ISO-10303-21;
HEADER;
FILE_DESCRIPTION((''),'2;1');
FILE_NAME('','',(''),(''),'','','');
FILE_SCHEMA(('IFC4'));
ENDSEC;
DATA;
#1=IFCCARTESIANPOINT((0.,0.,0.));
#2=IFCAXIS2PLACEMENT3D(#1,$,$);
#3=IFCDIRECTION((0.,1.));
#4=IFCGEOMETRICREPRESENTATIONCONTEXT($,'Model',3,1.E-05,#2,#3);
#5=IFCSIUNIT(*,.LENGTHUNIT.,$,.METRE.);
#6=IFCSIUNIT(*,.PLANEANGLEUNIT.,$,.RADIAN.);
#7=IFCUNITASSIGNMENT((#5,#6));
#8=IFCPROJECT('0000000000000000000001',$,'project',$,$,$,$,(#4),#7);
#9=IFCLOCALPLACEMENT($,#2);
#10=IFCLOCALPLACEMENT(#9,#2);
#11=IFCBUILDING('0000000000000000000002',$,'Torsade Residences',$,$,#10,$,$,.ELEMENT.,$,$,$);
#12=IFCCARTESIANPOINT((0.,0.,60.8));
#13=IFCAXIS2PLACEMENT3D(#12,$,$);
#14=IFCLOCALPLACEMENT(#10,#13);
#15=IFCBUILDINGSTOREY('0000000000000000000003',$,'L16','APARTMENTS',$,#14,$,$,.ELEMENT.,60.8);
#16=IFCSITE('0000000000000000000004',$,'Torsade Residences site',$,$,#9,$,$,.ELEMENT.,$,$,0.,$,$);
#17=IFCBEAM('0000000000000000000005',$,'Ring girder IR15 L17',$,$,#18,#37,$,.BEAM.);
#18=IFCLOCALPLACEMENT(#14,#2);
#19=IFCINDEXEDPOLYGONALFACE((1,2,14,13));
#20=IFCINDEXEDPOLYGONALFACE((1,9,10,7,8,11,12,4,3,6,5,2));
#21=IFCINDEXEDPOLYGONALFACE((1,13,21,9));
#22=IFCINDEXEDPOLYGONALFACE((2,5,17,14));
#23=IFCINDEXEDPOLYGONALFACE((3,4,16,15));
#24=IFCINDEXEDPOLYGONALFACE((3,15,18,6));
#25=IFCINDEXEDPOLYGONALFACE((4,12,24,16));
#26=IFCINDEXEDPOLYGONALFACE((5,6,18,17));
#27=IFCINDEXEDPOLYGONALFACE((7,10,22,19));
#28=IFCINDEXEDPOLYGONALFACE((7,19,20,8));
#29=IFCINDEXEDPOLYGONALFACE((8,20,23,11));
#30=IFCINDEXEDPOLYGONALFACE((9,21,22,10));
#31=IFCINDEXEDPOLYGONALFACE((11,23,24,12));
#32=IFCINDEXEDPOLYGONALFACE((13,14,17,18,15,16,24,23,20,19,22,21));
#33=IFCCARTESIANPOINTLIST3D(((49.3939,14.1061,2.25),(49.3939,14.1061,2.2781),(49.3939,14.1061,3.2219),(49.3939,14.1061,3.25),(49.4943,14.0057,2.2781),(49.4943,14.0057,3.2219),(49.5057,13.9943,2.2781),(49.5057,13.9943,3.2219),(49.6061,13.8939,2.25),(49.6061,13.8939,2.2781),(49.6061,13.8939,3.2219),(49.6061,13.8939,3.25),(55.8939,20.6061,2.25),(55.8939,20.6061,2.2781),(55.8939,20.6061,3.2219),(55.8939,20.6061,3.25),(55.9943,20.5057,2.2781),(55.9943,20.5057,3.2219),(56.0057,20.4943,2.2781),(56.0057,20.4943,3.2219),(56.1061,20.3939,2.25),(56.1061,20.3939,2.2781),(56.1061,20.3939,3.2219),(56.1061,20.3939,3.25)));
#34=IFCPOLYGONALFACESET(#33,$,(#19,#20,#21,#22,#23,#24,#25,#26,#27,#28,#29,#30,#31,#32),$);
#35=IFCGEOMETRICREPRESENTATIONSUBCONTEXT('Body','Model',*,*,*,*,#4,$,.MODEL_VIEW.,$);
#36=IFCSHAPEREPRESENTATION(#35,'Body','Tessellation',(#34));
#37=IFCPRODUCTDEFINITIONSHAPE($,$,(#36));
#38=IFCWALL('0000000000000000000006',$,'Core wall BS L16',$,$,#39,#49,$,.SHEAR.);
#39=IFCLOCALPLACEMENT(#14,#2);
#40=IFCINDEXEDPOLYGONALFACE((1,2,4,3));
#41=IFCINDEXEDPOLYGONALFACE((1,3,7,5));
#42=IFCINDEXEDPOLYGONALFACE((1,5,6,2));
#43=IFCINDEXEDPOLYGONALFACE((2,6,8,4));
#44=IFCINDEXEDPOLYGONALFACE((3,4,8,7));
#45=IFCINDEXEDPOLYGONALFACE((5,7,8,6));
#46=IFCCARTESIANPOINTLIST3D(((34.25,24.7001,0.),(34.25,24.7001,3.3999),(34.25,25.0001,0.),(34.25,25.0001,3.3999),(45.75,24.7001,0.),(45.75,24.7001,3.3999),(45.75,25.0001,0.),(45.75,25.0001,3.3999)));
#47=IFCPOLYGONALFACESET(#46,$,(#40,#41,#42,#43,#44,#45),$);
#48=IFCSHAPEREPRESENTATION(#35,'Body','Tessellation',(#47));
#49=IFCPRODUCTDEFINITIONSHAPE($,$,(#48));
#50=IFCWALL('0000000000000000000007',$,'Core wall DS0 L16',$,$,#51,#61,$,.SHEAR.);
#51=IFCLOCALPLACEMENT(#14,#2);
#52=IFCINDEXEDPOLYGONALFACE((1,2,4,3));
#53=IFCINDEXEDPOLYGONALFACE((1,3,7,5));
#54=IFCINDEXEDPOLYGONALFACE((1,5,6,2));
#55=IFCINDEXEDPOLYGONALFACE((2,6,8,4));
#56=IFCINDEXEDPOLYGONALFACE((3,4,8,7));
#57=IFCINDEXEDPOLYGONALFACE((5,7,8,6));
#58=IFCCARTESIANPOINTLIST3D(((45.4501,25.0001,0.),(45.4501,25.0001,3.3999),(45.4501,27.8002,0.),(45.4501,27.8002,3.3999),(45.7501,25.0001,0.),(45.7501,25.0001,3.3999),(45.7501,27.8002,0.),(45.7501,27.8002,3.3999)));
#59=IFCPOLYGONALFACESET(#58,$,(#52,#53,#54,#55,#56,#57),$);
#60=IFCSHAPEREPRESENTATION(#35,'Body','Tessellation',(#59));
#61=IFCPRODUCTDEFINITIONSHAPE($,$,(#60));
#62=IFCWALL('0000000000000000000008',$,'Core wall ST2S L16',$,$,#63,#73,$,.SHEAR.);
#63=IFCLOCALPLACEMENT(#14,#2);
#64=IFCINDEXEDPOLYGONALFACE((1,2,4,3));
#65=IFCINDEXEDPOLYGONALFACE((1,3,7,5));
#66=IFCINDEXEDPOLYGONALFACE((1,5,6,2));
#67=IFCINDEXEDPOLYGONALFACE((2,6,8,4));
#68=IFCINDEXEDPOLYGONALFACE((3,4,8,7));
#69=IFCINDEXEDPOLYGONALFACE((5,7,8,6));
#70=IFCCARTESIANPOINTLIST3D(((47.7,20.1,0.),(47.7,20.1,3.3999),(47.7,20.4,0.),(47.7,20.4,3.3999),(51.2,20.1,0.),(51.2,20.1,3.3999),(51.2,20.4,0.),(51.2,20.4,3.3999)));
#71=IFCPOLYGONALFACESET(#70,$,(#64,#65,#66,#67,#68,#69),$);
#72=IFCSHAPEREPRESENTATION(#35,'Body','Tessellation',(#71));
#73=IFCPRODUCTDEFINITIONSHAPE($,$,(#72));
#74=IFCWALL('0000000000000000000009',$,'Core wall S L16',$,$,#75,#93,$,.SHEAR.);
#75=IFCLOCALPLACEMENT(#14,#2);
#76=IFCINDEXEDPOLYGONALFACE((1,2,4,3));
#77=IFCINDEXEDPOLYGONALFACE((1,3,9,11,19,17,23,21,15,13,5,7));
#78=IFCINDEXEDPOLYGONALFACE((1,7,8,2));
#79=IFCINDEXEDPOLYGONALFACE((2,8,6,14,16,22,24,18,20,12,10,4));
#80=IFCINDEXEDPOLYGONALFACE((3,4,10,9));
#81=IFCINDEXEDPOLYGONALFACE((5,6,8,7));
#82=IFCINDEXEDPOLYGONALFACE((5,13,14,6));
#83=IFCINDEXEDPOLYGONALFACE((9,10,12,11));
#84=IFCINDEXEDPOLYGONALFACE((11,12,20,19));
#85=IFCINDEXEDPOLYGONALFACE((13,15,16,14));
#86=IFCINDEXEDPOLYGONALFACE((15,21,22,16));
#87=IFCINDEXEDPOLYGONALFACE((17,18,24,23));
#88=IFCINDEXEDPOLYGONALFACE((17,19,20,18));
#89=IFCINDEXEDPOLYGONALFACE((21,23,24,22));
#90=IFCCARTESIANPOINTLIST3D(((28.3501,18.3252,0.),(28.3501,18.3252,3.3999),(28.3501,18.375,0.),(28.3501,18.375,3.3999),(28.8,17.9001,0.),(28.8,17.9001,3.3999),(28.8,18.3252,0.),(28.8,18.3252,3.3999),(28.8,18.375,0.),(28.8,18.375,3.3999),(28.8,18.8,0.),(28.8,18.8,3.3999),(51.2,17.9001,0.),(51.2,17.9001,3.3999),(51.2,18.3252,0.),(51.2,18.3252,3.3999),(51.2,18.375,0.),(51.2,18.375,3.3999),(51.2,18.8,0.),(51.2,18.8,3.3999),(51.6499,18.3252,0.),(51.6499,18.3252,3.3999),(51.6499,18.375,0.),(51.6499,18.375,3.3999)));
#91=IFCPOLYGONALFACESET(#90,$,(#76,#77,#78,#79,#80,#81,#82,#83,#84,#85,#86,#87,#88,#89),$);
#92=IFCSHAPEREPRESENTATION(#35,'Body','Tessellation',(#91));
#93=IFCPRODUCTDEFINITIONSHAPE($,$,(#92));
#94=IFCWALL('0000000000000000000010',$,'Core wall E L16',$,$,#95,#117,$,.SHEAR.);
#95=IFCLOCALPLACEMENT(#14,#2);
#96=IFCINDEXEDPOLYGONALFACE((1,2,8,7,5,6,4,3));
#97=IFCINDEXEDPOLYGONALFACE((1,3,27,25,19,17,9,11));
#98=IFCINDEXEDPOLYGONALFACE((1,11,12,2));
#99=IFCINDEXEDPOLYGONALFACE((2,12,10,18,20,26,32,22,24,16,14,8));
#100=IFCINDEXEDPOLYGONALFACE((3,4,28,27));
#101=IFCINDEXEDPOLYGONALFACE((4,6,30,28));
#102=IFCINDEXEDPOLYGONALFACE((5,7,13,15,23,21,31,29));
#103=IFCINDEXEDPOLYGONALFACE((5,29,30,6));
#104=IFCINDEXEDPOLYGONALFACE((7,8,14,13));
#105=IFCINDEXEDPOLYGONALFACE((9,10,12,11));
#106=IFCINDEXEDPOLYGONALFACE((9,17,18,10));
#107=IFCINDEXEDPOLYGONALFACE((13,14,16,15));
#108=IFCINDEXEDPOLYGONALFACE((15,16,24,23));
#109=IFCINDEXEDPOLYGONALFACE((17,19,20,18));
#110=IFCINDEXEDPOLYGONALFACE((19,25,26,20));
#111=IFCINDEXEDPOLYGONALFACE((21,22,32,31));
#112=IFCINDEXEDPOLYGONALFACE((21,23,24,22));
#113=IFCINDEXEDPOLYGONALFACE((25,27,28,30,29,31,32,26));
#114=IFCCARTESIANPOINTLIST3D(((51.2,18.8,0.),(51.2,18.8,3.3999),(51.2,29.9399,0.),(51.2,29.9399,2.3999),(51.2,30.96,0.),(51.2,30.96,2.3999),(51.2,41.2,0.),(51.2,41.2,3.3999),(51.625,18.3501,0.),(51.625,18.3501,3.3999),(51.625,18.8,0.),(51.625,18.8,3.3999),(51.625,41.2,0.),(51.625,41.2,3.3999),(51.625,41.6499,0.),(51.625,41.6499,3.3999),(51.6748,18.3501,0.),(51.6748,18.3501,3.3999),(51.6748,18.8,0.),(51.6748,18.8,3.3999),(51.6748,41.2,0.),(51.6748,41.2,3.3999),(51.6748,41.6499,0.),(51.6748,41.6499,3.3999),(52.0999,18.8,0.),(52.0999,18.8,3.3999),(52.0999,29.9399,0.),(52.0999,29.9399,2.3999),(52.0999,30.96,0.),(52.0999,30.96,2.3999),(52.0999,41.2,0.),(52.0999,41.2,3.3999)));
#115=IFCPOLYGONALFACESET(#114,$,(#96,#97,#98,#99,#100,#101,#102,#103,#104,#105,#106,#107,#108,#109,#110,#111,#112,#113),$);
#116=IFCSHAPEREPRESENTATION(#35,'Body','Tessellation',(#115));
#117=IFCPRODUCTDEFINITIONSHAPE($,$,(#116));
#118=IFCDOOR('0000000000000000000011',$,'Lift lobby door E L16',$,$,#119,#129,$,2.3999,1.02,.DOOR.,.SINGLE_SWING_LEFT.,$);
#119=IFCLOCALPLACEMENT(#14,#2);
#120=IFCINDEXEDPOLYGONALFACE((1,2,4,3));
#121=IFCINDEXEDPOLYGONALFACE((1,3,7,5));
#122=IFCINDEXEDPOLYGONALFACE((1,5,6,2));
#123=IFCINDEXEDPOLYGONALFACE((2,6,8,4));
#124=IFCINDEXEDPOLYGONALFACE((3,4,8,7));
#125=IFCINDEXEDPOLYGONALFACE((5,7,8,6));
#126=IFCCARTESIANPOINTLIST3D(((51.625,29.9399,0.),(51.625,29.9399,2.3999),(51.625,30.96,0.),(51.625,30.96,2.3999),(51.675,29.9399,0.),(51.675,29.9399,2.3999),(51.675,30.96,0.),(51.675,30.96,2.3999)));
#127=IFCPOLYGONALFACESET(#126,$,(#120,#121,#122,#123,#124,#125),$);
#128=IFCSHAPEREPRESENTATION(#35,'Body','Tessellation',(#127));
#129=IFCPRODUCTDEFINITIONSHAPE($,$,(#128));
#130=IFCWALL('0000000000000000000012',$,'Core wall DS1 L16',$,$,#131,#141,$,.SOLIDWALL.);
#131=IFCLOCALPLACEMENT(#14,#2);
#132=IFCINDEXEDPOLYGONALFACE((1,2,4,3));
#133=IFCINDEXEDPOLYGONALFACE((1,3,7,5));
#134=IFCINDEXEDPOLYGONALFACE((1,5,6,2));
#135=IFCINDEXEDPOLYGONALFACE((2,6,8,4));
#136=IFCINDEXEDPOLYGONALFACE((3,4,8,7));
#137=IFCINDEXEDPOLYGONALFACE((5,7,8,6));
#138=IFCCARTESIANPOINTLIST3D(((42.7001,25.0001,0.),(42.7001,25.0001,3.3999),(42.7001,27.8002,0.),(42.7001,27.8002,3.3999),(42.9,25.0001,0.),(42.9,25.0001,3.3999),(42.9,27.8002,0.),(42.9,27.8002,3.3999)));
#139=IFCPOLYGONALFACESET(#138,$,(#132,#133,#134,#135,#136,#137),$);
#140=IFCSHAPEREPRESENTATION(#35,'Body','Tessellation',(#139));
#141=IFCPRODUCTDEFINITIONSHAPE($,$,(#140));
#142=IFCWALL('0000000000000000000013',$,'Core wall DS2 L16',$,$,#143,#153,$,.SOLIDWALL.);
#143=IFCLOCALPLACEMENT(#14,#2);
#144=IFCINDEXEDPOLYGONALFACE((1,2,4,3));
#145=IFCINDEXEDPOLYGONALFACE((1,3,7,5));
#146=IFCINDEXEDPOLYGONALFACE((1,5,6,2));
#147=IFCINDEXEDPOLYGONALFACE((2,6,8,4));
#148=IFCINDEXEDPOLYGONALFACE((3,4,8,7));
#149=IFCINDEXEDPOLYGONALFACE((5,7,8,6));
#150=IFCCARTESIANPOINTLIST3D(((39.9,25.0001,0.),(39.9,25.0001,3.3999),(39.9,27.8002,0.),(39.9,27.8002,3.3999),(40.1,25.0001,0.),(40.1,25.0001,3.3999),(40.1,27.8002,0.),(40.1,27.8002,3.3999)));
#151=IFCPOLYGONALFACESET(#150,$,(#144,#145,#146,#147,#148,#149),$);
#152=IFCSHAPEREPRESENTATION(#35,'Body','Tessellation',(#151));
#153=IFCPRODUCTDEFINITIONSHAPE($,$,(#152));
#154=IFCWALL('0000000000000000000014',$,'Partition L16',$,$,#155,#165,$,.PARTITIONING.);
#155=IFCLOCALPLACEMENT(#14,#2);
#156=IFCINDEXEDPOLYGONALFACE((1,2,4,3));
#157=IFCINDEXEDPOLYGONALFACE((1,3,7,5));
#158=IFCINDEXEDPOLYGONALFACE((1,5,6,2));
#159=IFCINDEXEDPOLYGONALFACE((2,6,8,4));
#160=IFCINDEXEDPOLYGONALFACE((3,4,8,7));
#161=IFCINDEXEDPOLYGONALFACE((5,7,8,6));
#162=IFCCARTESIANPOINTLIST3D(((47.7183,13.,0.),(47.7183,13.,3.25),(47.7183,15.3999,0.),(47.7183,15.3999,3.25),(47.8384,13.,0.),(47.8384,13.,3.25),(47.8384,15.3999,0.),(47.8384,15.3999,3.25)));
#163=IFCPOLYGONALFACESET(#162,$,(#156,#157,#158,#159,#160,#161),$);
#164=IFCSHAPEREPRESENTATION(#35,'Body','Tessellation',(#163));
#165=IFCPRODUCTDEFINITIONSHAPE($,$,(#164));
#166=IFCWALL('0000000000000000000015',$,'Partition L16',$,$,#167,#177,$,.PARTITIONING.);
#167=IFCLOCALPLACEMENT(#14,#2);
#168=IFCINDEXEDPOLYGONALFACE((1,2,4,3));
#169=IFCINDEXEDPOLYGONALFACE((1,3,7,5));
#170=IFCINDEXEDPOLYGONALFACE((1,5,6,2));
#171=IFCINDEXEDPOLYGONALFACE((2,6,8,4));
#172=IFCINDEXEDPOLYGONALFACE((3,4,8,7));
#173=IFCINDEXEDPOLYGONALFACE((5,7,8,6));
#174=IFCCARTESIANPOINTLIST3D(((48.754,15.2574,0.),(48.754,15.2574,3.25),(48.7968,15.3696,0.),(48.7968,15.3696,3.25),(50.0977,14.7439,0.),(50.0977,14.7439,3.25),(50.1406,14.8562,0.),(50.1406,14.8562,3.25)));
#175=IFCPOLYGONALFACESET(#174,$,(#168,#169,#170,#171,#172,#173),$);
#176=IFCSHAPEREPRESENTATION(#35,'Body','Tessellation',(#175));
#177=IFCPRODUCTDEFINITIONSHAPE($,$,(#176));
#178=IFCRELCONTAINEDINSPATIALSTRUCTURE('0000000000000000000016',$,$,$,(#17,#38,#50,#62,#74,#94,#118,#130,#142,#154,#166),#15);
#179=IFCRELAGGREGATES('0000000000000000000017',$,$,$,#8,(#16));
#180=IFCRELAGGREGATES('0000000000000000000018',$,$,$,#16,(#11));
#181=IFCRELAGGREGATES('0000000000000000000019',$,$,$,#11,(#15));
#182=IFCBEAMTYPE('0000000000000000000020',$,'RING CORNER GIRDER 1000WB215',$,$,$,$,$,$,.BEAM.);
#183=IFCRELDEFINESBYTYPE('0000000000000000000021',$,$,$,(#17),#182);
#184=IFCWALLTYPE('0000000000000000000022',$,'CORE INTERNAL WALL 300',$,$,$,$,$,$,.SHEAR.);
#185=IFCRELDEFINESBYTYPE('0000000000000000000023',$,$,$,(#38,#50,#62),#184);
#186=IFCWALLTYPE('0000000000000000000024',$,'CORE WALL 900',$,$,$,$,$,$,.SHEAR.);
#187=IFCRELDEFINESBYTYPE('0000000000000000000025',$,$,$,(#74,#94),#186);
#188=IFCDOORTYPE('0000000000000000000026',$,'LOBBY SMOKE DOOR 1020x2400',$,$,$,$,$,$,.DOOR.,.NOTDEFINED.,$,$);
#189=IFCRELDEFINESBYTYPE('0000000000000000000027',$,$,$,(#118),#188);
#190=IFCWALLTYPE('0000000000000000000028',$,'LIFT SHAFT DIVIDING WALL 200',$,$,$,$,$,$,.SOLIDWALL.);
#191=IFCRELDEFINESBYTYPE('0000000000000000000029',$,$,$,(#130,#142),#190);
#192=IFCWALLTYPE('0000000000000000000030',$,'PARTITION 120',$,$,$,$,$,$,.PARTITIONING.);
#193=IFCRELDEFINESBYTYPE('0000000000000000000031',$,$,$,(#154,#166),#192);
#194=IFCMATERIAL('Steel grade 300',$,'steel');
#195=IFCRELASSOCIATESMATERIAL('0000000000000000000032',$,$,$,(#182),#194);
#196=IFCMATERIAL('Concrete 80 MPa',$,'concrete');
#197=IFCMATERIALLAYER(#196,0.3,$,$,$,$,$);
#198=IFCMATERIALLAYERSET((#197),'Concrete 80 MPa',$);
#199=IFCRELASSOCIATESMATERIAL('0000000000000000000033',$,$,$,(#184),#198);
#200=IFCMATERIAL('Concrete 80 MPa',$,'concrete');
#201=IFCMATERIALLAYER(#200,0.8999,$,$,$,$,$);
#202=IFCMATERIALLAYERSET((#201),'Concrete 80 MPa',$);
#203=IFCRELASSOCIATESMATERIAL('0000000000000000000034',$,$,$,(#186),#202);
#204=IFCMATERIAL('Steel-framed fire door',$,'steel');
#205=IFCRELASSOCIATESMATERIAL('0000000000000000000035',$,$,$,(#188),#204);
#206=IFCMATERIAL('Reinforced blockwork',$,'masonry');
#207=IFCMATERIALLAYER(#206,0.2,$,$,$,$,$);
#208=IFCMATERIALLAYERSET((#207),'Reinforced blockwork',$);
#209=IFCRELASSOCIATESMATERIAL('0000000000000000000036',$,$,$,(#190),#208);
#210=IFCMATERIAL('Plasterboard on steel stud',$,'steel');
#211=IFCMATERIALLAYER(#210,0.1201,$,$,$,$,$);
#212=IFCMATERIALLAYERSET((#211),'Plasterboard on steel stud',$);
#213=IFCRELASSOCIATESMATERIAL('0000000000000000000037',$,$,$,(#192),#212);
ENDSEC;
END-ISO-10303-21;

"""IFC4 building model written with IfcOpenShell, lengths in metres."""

from ifc_helpers import new_model, si_unit, direction, frame, frame_2d, origin, origin_2d, place, context, subcontext, project, spatial, polyline, rectangle, i_section, outline, extrude, material, layer, layer_set, material_profile, profile_set, type_object, element, fill, save


model = new_model("IFC4")

# Units and contexts
model_context = context("Model", 3, precision=1e-05, world=origin(), true_north=direction((0.0, 1.0)))
body_context = subcontext(model_context, "Body", "Model", "MODEL_VIEW")
ifc_project = project(units=[si_unit("LENGTHUNIT", "METRE"), si_unit("PLANEANGLEUNIT", "RADIAN")], contexts=[model_context])

# Site, building, storey
site_placement = place(None, origin())
site = spatial("IfcSite", under=ifc_project, at=site_placement, Name="Torsade Residences site", CompositionType="ELEMENT", RefElevation=0.0)
building_placement = place(site_placement, origin())
building = spatial("IfcBuilding", under=site, at=building_placement, Name="Torsade Residences", CompositionType="ELEMENT")
storey_placement = place(building_placement, frame((0.0, 0.0, 60.8)))
storey = spatial("IfcBuildingStorey", under=building, at=storey_placement, Name="L16", Description="APARTMENTS", CompositionType="ELEMENT", Elevation=60.8)

# Beam
ifc_material_1 = material(Name="Steel grade 300", Category="steel")
ifc_material_profile_1 = material_profile(ifc_material_1, i_section(OverallWidth=0.3, OverallDepth=1.0, WebThickness=0.0161, FlangeThickness=0.0281, at=origin_2d()), Name="1000WB215")
ifc_profile_set_1 = profile_set([ifc_material_profile_1], Name="Steel grade 300")
beam_type_1 = type_object("IfcBeamType", Name="RING CORNER GIRDER 1000WB215", PredefinedType="BEAM", material=ifc_profile_set_1)
beam_1_placement = place(storey_placement, frame((49.5, 14.0, 2.75), z_axis=(0.707107, 0.707107, 0.0), x_axis=(-0.707107, 0.707107, 0.0)))
element("IfcBeam", 1, at=beam_1_placement, inside=storey, type_object=beam_type_1, Name="Ring girder IR15 L17", PredefinedType="BEAM", context=body_context, shape_type="SweptSolid", body=[
    extrude(i_section(OverallWidth=0.3, OverallDepth=1.0, WebThickness=0.0161, FlangeThickness=0.0281, at=origin_2d()), origin(), (0.0, 0.0, 1.0), 9.1924),
])

# Walls
ifc_material_2 = material(Name="Concrete 80 MPa", Category="concrete")
ifc_layer_1 = layer(ifc_material_2, 0.3)
ifc_layer_set_1 = layer_set([ifc_layer_1], Name="Concrete 80 MPa")
wall_type_1 = type_object("IfcWallType", Name="CORE INTERNAL WALL 300", PredefinedType="SHEAR", material=ifc_layer_set_1)
wall_1_placement = place(storey_placement, frame((45.75, 24.8501, 0.0), z_axis=(0.0, 0.0, 1.0), x_axis=(-1.0, 0.0, 0.0)))
element("IfcWall", 2, at=wall_1_placement, inside=storey, type_object=wall_type_1, Name="Core wall BS L16", PredefinedType="SHEAR", context=body_context, shape_type="SweptSolid", body=[
    extrude(rectangle(XDim=11.5, YDim=0.3, at=frame_2d((5.75, 0.0))), origin(), (0.0, 0.0, 1.0), 3.3999),
])
wall_2_placement = place(storey_placement, frame((45.6001, 27.8, 0.0), z_axis=(0.0, 0.0, 1.0), x_axis=(0.0, -1.0, 0.0)))
element("IfcWall", 3, at=wall_2_placement, inside=storey, type_object=wall_type_1, Name="Core wall DS0 L16", PredefinedType="SHEAR", context=body_context, shape_type="SweptSolid", body=[
    extrude(rectangle(XDim=2.8, YDim=0.3, at=frame_2d((1.3999, 0.0))), origin(), (0.0, 0.0, 1.0), 3.3999),
])
wall_3_placement = place(storey_placement, frame((51.2, 20.25, 0.0), z_axis=(0.0, 0.0, 1.0), x_axis=(-1.0, 0.0, 0.0)))
element("IfcWall", 4, at=wall_3_placement, inside=storey, type_object=wall_type_1, Name="Core wall ST2S L16", PredefinedType="SHEAR", context=body_context, shape_type="SweptSolid", body=[
    extrude(rectangle(XDim=3.5, YDim=0.3, at=frame_2d((1.75, 0.0))), origin(), (0.0, 0.0, 1.0), 3.3999),
])
ifc_material_3 = material(Name="Concrete 80 MPa", Category="concrete")
ifc_layer_2 = layer(ifc_material_3, 0.8999)
ifc_layer_set_2 = layer_set([ifc_layer_2], Name="Concrete 80 MPa")
wall_type_2 = type_object("IfcWallType", Name="CORE WALL 900", PredefinedType="SHEAR", material=ifc_layer_set_2)
wall_4_placement = place(storey_placement, frame((51.2, 18.3501, 0.0), z_axis=(0.0, 0.0, 1.0), x_axis=(-1.0, 0.0, 0.0)))
element("IfcWall", 5, at=wall_4_placement, inside=storey, type_object=wall_type_2, Name="Core wall S L16", PredefinedType="SHEAR", context=body_context, shape_type="SweptSolid", body=[
    extrude(outline(polyline([(0.0, -0.45), (22.3999, -0.45), (22.3999, -0.0249), (22.8499, -0.0249), (22.8499, 0.0249), (22.3999, 0.0249), (22.3999, 0.45), (0.0, 0.45), (0.0, 0.0249), (-0.45, 0.0249), (-0.45, -0.0249), (0.0, -0.0249), (0.0, -0.45)])), origin(), (0.0, 0.0, 1.0), 3.3999),
])

# Wall, opening, door
wall_5_placement = place(storey_placement, frame((51.6499, 18.8, 0.0), z_axis=(0.0, 0.0, 1.0), x_axis=(0.0, 1.0, 0.0)))
wall_5 = element("IfcWall", 6, at=wall_5_placement, inside=storey, type_object=wall_type_2, Name="Core wall E L16", PredefinedType="SHEAR", context=body_context, shape_type="SweptSolid", body=[
    extrude(outline(polyline([(0.0, -0.45), (22.3999, -0.45), (22.3999, -0.0249), (22.8499, -0.0249), (22.8499, 0.0249), (22.3999, 0.0249), (22.3999, 0.45), (0.0, 0.45), (0.0, 0.0249), (-0.45, 0.0249), (-0.45, -0.0249), (0.0, -0.0249), (0.0, -0.45)])), origin(), (0.0, 0.0, 1.0), 3.3999),
])
opening_placement = place(wall_5_placement, frame((11.1399, 0.0, 0.0)))
opening = element("IfcOpeningElement", 7, at=opening_placement, cuts=wall_5, PredefinedType="OPENING", context=body_context, shape_type="SweptSolid", body=[
    extrude(rectangle(XDim=1.02, YDim=2.3999, at=frame_2d((0.51, 1.2))), frame((0.0, 0.46, 0.0), z_axis=(0.0, -1.0, 0.0), x_axis=(1.0, 0.0, 0.0)), (0.0, 0.0, 1.0), 0.9199),
])
ifc_material_4 = material(Name="Steel-framed fire door", Category="steel")
door_type = type_object("IfcDoorType", Name="LOBBY SMOKE DOOR 1020x2400", OperationType="NOTDEFINED", PredefinedType="DOOR", material=ifc_material_4)
door_placement = place(opening_placement, origin())
door = element("IfcDoor", 8, at=door_placement, inside=storey, type_object=door_type, Name="Lift lobby door E L16", OperationType="SINGLE_SWING_LEFT", OverallHeight=2.3999, OverallWidth=1.02, PredefinedType="DOOR", context=body_context, shape_type="SweptSolid", body=[
    extrude(rectangle(XDim=1.02, YDim=2.3999, at=frame_2d((0.51, 1.2))), frame((0.0, 0.0249, 0.0), z_axis=(0.0, -1.0, 0.0), x_axis=(1.0, 0.0, 0.0)), (0.0, 0.0, 1.0), 0.05),
])
fill(opening, door)

# Walls
ifc_material_5 = material(Name="Reinforced blockwork", Category="masonry")
ifc_layer_3 = layer(ifc_material_5, 0.2)
ifc_layer_set_3 = layer_set([ifc_layer_3], Name="Reinforced blockwork")
wall_type_3 = type_object("IfcWallType", Name="LIFT SHAFT DIVIDING WALL 200", PredefinedType="SOLIDWALL", material=ifc_layer_set_3)
for number, where, z_axis, x_axis, name in (
    (9, (42.8, 27.8, 0.0), (0.0, 0.0, 1.0), (0.0, -1.0, 0.0), "Core wall DS1 L16"),
    (10, (40.0, 27.8, 0.0), (0.0, 0.0, 1.0), (0.0, -1.0, 0.0), "Core wall DS2 L16"),
):
    element("IfcWall", number, at=place(storey_placement, frame(where, z_axis=z_axis, x_axis=x_axis)), inside=storey, type_object=wall_type_3, Name=name, PredefinedType="SOLIDWALL", context=body_context, shape_type="SweptSolid", body=[
        extrude(rectangle(XDim=2.8, YDim=0.2, at=frame_2d((1.3999, 0.0))), origin(), (0.0, 0.0, 1.0), 3.3999),
    ])
ifc_material_6 = material(Name="Plasterboard on steel stud", Category="steel")
ifc_layer_4 = layer(ifc_material_6, 0.1201)
ifc_layer_set_4 = layer_set([ifc_layer_4], Name="Plasterboard on steel stud")
wall_type_4 = type_object("IfcWallType", Name="PARTITION 120", PredefinedType="PARTITIONING", material=ifc_layer_set_4)
wall_6_placement = place(storey_placement, frame((47.7783, 15.3999, 0.0), z_axis=(0.0, 0.0, 1.0), x_axis=(0.0, -1.0, 0.0)))
element("IfcWall", 11, at=wall_6_placement, inside=storey, type_object=wall_type_4, Name="Partition L16", PredefinedType="PARTITIONING", context=body_context, shape_type="SweptSolid", body=[
    extrude(rectangle(XDim=2.3999, YDim=0.1201, at=frame_2d((1.2, 0.0))), origin(), (0.0, 0.0, 1.0), 3.25),
])
wall_7_placement = place(storey_placement, frame((50.1191, 14.8, 0.0), z_axis=(0.0, 0.0, 1.0), x_axis=(-0.934135, 0.35692, 0.0)))
element("IfcWall", 12, at=wall_7_placement, inside=storey, type_object=wall_type_4, Name="Partition L16", PredefinedType="PARTITIONING", context=body_context, shape_type="SweptSolid", body=[
    extrude(rectangle(XDim=1.4385, YDim=0.1201, at=frame_2d((0.7192, 0.0))), origin(), (0.0, 0.0, 1.0), 3.25),
])

save(model, "model.ifc")
